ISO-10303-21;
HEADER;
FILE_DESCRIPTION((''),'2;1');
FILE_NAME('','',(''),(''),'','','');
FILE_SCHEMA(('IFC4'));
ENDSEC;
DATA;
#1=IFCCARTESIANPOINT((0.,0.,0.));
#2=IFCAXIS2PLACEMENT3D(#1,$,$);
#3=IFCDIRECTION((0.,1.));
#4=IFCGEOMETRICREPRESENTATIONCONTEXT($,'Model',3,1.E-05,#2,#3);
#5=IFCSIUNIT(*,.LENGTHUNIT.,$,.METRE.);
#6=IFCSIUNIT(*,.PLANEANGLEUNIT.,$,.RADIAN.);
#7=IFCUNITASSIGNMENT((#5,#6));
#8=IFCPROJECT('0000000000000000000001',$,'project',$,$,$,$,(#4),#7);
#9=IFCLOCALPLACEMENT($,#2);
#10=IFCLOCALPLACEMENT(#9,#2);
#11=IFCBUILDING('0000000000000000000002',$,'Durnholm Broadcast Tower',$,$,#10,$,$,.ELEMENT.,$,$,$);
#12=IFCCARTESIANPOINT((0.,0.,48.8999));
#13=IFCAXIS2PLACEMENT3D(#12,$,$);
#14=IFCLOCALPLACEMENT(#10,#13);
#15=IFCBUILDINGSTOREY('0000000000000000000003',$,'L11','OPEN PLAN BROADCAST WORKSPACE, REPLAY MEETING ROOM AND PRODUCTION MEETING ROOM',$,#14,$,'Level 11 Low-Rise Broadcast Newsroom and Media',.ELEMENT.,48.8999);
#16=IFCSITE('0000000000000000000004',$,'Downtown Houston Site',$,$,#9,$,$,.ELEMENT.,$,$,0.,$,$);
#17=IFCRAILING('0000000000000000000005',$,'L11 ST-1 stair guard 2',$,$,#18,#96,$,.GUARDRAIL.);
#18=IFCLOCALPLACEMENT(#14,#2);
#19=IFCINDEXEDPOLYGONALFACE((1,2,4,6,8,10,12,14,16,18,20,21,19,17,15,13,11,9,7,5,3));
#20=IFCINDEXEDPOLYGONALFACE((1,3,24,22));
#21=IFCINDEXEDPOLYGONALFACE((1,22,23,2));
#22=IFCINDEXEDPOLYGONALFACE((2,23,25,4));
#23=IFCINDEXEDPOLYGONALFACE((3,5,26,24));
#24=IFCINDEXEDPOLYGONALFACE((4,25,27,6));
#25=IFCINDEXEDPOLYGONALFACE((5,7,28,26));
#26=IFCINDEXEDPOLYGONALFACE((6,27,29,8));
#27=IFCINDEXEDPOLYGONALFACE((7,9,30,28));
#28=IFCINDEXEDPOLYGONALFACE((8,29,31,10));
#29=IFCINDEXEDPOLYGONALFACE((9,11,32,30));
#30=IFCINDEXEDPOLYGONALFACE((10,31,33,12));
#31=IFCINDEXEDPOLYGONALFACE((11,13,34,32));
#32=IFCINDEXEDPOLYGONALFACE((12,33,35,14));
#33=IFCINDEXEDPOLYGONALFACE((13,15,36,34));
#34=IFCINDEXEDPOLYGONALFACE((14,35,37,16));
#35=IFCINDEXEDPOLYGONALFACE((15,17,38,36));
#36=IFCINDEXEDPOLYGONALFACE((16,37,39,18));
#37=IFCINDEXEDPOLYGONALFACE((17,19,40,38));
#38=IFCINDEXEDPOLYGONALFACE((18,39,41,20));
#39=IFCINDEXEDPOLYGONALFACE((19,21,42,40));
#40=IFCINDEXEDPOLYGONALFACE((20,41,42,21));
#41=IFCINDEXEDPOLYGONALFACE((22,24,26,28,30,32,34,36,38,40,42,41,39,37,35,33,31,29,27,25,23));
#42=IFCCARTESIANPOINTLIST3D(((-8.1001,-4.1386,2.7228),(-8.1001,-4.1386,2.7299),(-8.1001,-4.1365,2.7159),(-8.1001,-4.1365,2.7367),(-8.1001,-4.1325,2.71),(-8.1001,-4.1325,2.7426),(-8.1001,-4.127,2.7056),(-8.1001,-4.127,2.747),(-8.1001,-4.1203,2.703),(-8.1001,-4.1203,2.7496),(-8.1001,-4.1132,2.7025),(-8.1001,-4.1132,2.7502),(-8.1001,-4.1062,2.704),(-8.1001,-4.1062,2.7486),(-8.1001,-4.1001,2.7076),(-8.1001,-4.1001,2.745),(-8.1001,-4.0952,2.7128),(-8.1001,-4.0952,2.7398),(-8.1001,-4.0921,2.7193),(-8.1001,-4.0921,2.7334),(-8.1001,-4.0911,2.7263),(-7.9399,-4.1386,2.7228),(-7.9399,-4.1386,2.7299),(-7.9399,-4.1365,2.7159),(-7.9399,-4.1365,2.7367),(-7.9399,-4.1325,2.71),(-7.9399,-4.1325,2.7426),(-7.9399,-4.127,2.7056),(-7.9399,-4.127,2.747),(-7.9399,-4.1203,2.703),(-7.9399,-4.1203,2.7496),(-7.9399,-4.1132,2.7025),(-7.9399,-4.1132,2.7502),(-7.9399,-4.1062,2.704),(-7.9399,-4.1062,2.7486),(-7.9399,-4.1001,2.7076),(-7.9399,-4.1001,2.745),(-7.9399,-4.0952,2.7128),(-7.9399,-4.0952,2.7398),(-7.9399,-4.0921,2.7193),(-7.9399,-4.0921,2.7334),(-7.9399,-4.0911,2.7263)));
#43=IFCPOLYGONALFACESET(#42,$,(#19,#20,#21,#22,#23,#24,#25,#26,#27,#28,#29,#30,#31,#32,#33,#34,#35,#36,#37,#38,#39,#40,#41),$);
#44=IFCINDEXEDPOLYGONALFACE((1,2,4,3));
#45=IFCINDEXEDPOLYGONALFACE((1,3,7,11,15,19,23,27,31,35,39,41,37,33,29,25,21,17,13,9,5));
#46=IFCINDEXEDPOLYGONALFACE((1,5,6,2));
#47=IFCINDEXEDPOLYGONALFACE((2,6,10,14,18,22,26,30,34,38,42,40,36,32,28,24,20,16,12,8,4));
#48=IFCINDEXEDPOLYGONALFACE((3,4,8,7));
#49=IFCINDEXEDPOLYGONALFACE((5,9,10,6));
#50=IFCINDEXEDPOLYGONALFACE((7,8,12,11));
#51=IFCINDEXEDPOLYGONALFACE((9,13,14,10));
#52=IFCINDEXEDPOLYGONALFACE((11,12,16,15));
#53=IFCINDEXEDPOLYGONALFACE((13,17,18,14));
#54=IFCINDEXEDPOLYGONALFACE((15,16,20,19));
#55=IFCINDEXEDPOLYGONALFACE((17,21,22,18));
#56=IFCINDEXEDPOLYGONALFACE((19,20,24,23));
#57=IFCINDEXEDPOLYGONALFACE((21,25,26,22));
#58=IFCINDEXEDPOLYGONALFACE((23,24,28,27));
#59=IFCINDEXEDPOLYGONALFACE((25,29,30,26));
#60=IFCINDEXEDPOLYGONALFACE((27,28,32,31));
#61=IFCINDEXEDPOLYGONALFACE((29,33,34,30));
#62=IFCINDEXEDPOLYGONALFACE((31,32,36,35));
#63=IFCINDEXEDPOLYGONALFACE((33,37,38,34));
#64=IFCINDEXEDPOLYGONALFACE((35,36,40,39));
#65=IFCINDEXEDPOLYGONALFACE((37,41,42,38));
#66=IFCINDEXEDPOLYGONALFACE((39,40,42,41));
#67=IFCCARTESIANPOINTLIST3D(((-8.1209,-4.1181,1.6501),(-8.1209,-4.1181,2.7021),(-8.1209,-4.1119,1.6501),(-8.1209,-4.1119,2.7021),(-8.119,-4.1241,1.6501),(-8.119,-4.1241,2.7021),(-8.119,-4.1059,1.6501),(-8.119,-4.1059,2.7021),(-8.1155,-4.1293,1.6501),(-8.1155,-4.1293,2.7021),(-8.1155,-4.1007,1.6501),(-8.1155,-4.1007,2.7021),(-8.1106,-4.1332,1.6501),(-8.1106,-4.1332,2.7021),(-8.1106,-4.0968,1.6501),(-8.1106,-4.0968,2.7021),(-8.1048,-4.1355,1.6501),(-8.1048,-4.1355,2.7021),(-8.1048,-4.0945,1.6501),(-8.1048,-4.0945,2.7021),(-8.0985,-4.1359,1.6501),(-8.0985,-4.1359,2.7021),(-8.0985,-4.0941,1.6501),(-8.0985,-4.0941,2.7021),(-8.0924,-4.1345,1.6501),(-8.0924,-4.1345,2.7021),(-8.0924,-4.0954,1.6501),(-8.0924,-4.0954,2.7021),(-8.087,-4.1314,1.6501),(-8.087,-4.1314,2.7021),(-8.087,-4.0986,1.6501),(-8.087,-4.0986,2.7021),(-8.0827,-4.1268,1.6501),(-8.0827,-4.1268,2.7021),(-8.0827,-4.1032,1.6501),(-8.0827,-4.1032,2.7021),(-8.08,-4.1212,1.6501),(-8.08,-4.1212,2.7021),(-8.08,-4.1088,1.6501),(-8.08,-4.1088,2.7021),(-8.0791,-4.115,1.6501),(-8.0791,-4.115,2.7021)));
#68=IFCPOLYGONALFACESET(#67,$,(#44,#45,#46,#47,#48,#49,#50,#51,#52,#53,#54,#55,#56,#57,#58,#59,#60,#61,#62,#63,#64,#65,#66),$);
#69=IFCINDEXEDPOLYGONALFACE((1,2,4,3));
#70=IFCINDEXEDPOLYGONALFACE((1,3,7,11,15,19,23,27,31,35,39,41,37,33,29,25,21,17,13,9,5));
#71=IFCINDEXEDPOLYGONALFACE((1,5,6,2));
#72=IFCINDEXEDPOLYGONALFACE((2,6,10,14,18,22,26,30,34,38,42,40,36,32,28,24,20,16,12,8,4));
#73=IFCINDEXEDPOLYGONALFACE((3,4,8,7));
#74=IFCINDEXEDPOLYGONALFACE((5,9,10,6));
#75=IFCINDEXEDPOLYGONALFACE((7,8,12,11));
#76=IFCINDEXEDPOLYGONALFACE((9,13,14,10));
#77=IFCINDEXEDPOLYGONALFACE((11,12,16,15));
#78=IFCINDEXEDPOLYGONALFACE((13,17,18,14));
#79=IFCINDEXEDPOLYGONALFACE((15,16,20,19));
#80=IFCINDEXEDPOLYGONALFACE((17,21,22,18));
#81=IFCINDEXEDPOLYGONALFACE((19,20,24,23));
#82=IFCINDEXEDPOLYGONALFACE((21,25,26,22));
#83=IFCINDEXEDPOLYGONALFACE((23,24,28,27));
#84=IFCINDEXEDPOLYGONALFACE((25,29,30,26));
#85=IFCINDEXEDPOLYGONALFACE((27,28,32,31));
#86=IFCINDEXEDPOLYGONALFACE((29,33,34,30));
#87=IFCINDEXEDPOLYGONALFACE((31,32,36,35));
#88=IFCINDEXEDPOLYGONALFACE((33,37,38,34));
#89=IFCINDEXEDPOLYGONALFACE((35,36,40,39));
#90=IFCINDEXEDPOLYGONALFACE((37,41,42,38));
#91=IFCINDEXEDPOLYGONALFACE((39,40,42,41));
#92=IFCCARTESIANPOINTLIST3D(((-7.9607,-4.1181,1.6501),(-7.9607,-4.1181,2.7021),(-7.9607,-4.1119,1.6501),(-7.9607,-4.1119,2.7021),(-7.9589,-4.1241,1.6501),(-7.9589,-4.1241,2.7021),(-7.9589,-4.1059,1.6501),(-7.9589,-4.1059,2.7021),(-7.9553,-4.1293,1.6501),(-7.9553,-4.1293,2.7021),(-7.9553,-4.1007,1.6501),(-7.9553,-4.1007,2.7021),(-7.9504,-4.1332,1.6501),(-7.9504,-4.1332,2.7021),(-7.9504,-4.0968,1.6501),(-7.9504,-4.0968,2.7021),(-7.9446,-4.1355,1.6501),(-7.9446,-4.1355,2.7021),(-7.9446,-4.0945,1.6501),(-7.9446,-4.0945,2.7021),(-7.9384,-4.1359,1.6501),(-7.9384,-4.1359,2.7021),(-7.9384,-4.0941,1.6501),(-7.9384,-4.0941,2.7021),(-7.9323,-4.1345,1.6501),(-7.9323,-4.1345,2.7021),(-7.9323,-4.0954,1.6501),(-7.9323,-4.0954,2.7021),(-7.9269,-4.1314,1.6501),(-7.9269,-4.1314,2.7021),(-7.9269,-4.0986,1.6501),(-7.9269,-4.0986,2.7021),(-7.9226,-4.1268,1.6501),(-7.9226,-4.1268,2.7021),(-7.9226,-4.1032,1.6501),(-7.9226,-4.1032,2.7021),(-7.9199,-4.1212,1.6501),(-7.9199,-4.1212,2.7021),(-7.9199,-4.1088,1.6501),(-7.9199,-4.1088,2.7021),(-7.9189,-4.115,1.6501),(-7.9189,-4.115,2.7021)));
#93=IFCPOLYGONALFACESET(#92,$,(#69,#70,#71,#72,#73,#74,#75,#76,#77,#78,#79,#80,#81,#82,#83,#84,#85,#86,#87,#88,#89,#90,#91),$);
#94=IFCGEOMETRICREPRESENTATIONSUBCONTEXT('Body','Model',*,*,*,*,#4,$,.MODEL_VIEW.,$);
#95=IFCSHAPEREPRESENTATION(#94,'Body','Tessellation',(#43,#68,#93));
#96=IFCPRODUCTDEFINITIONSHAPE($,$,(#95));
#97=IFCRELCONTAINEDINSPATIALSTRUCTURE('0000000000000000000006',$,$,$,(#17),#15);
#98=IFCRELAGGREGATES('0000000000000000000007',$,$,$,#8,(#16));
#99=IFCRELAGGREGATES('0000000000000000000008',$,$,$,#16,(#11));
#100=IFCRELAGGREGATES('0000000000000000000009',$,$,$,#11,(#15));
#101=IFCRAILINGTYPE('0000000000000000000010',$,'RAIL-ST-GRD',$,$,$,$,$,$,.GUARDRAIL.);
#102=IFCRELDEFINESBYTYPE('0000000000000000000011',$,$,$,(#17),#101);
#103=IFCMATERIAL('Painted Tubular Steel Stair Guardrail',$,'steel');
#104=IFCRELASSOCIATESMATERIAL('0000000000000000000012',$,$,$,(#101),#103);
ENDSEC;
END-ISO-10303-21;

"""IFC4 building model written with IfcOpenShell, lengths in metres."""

from ifc_helpers import new_model, si_unit, direction, frame, origin, origin_2d, place, context, subcontext, project, spatial, circle, extrude, material, type_object, element, save


model = new_model("IFC4")

# Units and contexts
model_context = context("Model", 3, precision=1e-05, world=origin(), true_north=direction((0.0, 1.0)))
body_context = subcontext(model_context, "Body", "Model", "MODEL_VIEW")
ifc_project = project(units=[si_unit("LENGTHUNIT", "METRE"), si_unit("PLANEANGLEUNIT", "RADIAN")], contexts=[model_context])

# Site, building, storey
site_placement = place(None, origin())
site = spatial("IfcSite", under=ifc_project, at=site_placement, Name="Downtown Houston Site", CompositionType="ELEMENT", RefElevation=0.0)
building_placement = place(site_placement, origin())
building = spatial("IfcBuilding", under=site, at=building_placement, Name="Durnholm Broadcast Tower", CompositionType="ELEMENT")
storey_placement = place(building_placement, frame((0.0, 0.0, 48.8999)))
storey = spatial("IfcBuildingStorey", under=building, at=storey_placement, Name="L11", Description="OPEN PLAN BROADCAST WORKSPACE, REPLAY MEETING ROOM AND PRODUCTION MEETING ROOM", LongName="Level 11 Low-Rise Broadcast Newsroom and Media", CompositionType="ELEMENT", Elevation=48.8999)

# Railing
ifc_material_1 = material(Name="Painted Tubular Steel Stair Guardrail", Category="steel")
railing_type_1 = type_object("IfcRailingType", Name="RAIL-ST-GRD", PredefinedType="GUARDRAIL", material=ifc_material_1)
railing_1_placement = place(storey_placement, frame((-8.1001, -4.115, 1.6501)))
element("IfcRailing", 1, at=railing_1_placement, inside=storey, type_object=railing_type_1, Name="L11 ST-1 stair guard 2", PredefinedType="GUARDRAIL", context=body_context, shape_type="SweptSolid", body=[
    extrude(circle(Radius=0.0239, at=origin_2d()), frame((0.0, 0.0, 1.0762), z_axis=(1.0, 0.0, 0.0), x_axis=(0.0, 1.0, 0.0)), (0.0, 0.0, 1.0), 0.1602),
    extrude(circle(Radius=0.021, at=origin_2d()), origin(), (0.0, 0.0, 1.0), 1.052),
    extrude(circle(Radius=0.021, at=origin_2d()), frame((0.1602, 0.0, 0.0)), (0.0, 0.0, 1.0), 1.052),
])

save(model, "model.ifc")
